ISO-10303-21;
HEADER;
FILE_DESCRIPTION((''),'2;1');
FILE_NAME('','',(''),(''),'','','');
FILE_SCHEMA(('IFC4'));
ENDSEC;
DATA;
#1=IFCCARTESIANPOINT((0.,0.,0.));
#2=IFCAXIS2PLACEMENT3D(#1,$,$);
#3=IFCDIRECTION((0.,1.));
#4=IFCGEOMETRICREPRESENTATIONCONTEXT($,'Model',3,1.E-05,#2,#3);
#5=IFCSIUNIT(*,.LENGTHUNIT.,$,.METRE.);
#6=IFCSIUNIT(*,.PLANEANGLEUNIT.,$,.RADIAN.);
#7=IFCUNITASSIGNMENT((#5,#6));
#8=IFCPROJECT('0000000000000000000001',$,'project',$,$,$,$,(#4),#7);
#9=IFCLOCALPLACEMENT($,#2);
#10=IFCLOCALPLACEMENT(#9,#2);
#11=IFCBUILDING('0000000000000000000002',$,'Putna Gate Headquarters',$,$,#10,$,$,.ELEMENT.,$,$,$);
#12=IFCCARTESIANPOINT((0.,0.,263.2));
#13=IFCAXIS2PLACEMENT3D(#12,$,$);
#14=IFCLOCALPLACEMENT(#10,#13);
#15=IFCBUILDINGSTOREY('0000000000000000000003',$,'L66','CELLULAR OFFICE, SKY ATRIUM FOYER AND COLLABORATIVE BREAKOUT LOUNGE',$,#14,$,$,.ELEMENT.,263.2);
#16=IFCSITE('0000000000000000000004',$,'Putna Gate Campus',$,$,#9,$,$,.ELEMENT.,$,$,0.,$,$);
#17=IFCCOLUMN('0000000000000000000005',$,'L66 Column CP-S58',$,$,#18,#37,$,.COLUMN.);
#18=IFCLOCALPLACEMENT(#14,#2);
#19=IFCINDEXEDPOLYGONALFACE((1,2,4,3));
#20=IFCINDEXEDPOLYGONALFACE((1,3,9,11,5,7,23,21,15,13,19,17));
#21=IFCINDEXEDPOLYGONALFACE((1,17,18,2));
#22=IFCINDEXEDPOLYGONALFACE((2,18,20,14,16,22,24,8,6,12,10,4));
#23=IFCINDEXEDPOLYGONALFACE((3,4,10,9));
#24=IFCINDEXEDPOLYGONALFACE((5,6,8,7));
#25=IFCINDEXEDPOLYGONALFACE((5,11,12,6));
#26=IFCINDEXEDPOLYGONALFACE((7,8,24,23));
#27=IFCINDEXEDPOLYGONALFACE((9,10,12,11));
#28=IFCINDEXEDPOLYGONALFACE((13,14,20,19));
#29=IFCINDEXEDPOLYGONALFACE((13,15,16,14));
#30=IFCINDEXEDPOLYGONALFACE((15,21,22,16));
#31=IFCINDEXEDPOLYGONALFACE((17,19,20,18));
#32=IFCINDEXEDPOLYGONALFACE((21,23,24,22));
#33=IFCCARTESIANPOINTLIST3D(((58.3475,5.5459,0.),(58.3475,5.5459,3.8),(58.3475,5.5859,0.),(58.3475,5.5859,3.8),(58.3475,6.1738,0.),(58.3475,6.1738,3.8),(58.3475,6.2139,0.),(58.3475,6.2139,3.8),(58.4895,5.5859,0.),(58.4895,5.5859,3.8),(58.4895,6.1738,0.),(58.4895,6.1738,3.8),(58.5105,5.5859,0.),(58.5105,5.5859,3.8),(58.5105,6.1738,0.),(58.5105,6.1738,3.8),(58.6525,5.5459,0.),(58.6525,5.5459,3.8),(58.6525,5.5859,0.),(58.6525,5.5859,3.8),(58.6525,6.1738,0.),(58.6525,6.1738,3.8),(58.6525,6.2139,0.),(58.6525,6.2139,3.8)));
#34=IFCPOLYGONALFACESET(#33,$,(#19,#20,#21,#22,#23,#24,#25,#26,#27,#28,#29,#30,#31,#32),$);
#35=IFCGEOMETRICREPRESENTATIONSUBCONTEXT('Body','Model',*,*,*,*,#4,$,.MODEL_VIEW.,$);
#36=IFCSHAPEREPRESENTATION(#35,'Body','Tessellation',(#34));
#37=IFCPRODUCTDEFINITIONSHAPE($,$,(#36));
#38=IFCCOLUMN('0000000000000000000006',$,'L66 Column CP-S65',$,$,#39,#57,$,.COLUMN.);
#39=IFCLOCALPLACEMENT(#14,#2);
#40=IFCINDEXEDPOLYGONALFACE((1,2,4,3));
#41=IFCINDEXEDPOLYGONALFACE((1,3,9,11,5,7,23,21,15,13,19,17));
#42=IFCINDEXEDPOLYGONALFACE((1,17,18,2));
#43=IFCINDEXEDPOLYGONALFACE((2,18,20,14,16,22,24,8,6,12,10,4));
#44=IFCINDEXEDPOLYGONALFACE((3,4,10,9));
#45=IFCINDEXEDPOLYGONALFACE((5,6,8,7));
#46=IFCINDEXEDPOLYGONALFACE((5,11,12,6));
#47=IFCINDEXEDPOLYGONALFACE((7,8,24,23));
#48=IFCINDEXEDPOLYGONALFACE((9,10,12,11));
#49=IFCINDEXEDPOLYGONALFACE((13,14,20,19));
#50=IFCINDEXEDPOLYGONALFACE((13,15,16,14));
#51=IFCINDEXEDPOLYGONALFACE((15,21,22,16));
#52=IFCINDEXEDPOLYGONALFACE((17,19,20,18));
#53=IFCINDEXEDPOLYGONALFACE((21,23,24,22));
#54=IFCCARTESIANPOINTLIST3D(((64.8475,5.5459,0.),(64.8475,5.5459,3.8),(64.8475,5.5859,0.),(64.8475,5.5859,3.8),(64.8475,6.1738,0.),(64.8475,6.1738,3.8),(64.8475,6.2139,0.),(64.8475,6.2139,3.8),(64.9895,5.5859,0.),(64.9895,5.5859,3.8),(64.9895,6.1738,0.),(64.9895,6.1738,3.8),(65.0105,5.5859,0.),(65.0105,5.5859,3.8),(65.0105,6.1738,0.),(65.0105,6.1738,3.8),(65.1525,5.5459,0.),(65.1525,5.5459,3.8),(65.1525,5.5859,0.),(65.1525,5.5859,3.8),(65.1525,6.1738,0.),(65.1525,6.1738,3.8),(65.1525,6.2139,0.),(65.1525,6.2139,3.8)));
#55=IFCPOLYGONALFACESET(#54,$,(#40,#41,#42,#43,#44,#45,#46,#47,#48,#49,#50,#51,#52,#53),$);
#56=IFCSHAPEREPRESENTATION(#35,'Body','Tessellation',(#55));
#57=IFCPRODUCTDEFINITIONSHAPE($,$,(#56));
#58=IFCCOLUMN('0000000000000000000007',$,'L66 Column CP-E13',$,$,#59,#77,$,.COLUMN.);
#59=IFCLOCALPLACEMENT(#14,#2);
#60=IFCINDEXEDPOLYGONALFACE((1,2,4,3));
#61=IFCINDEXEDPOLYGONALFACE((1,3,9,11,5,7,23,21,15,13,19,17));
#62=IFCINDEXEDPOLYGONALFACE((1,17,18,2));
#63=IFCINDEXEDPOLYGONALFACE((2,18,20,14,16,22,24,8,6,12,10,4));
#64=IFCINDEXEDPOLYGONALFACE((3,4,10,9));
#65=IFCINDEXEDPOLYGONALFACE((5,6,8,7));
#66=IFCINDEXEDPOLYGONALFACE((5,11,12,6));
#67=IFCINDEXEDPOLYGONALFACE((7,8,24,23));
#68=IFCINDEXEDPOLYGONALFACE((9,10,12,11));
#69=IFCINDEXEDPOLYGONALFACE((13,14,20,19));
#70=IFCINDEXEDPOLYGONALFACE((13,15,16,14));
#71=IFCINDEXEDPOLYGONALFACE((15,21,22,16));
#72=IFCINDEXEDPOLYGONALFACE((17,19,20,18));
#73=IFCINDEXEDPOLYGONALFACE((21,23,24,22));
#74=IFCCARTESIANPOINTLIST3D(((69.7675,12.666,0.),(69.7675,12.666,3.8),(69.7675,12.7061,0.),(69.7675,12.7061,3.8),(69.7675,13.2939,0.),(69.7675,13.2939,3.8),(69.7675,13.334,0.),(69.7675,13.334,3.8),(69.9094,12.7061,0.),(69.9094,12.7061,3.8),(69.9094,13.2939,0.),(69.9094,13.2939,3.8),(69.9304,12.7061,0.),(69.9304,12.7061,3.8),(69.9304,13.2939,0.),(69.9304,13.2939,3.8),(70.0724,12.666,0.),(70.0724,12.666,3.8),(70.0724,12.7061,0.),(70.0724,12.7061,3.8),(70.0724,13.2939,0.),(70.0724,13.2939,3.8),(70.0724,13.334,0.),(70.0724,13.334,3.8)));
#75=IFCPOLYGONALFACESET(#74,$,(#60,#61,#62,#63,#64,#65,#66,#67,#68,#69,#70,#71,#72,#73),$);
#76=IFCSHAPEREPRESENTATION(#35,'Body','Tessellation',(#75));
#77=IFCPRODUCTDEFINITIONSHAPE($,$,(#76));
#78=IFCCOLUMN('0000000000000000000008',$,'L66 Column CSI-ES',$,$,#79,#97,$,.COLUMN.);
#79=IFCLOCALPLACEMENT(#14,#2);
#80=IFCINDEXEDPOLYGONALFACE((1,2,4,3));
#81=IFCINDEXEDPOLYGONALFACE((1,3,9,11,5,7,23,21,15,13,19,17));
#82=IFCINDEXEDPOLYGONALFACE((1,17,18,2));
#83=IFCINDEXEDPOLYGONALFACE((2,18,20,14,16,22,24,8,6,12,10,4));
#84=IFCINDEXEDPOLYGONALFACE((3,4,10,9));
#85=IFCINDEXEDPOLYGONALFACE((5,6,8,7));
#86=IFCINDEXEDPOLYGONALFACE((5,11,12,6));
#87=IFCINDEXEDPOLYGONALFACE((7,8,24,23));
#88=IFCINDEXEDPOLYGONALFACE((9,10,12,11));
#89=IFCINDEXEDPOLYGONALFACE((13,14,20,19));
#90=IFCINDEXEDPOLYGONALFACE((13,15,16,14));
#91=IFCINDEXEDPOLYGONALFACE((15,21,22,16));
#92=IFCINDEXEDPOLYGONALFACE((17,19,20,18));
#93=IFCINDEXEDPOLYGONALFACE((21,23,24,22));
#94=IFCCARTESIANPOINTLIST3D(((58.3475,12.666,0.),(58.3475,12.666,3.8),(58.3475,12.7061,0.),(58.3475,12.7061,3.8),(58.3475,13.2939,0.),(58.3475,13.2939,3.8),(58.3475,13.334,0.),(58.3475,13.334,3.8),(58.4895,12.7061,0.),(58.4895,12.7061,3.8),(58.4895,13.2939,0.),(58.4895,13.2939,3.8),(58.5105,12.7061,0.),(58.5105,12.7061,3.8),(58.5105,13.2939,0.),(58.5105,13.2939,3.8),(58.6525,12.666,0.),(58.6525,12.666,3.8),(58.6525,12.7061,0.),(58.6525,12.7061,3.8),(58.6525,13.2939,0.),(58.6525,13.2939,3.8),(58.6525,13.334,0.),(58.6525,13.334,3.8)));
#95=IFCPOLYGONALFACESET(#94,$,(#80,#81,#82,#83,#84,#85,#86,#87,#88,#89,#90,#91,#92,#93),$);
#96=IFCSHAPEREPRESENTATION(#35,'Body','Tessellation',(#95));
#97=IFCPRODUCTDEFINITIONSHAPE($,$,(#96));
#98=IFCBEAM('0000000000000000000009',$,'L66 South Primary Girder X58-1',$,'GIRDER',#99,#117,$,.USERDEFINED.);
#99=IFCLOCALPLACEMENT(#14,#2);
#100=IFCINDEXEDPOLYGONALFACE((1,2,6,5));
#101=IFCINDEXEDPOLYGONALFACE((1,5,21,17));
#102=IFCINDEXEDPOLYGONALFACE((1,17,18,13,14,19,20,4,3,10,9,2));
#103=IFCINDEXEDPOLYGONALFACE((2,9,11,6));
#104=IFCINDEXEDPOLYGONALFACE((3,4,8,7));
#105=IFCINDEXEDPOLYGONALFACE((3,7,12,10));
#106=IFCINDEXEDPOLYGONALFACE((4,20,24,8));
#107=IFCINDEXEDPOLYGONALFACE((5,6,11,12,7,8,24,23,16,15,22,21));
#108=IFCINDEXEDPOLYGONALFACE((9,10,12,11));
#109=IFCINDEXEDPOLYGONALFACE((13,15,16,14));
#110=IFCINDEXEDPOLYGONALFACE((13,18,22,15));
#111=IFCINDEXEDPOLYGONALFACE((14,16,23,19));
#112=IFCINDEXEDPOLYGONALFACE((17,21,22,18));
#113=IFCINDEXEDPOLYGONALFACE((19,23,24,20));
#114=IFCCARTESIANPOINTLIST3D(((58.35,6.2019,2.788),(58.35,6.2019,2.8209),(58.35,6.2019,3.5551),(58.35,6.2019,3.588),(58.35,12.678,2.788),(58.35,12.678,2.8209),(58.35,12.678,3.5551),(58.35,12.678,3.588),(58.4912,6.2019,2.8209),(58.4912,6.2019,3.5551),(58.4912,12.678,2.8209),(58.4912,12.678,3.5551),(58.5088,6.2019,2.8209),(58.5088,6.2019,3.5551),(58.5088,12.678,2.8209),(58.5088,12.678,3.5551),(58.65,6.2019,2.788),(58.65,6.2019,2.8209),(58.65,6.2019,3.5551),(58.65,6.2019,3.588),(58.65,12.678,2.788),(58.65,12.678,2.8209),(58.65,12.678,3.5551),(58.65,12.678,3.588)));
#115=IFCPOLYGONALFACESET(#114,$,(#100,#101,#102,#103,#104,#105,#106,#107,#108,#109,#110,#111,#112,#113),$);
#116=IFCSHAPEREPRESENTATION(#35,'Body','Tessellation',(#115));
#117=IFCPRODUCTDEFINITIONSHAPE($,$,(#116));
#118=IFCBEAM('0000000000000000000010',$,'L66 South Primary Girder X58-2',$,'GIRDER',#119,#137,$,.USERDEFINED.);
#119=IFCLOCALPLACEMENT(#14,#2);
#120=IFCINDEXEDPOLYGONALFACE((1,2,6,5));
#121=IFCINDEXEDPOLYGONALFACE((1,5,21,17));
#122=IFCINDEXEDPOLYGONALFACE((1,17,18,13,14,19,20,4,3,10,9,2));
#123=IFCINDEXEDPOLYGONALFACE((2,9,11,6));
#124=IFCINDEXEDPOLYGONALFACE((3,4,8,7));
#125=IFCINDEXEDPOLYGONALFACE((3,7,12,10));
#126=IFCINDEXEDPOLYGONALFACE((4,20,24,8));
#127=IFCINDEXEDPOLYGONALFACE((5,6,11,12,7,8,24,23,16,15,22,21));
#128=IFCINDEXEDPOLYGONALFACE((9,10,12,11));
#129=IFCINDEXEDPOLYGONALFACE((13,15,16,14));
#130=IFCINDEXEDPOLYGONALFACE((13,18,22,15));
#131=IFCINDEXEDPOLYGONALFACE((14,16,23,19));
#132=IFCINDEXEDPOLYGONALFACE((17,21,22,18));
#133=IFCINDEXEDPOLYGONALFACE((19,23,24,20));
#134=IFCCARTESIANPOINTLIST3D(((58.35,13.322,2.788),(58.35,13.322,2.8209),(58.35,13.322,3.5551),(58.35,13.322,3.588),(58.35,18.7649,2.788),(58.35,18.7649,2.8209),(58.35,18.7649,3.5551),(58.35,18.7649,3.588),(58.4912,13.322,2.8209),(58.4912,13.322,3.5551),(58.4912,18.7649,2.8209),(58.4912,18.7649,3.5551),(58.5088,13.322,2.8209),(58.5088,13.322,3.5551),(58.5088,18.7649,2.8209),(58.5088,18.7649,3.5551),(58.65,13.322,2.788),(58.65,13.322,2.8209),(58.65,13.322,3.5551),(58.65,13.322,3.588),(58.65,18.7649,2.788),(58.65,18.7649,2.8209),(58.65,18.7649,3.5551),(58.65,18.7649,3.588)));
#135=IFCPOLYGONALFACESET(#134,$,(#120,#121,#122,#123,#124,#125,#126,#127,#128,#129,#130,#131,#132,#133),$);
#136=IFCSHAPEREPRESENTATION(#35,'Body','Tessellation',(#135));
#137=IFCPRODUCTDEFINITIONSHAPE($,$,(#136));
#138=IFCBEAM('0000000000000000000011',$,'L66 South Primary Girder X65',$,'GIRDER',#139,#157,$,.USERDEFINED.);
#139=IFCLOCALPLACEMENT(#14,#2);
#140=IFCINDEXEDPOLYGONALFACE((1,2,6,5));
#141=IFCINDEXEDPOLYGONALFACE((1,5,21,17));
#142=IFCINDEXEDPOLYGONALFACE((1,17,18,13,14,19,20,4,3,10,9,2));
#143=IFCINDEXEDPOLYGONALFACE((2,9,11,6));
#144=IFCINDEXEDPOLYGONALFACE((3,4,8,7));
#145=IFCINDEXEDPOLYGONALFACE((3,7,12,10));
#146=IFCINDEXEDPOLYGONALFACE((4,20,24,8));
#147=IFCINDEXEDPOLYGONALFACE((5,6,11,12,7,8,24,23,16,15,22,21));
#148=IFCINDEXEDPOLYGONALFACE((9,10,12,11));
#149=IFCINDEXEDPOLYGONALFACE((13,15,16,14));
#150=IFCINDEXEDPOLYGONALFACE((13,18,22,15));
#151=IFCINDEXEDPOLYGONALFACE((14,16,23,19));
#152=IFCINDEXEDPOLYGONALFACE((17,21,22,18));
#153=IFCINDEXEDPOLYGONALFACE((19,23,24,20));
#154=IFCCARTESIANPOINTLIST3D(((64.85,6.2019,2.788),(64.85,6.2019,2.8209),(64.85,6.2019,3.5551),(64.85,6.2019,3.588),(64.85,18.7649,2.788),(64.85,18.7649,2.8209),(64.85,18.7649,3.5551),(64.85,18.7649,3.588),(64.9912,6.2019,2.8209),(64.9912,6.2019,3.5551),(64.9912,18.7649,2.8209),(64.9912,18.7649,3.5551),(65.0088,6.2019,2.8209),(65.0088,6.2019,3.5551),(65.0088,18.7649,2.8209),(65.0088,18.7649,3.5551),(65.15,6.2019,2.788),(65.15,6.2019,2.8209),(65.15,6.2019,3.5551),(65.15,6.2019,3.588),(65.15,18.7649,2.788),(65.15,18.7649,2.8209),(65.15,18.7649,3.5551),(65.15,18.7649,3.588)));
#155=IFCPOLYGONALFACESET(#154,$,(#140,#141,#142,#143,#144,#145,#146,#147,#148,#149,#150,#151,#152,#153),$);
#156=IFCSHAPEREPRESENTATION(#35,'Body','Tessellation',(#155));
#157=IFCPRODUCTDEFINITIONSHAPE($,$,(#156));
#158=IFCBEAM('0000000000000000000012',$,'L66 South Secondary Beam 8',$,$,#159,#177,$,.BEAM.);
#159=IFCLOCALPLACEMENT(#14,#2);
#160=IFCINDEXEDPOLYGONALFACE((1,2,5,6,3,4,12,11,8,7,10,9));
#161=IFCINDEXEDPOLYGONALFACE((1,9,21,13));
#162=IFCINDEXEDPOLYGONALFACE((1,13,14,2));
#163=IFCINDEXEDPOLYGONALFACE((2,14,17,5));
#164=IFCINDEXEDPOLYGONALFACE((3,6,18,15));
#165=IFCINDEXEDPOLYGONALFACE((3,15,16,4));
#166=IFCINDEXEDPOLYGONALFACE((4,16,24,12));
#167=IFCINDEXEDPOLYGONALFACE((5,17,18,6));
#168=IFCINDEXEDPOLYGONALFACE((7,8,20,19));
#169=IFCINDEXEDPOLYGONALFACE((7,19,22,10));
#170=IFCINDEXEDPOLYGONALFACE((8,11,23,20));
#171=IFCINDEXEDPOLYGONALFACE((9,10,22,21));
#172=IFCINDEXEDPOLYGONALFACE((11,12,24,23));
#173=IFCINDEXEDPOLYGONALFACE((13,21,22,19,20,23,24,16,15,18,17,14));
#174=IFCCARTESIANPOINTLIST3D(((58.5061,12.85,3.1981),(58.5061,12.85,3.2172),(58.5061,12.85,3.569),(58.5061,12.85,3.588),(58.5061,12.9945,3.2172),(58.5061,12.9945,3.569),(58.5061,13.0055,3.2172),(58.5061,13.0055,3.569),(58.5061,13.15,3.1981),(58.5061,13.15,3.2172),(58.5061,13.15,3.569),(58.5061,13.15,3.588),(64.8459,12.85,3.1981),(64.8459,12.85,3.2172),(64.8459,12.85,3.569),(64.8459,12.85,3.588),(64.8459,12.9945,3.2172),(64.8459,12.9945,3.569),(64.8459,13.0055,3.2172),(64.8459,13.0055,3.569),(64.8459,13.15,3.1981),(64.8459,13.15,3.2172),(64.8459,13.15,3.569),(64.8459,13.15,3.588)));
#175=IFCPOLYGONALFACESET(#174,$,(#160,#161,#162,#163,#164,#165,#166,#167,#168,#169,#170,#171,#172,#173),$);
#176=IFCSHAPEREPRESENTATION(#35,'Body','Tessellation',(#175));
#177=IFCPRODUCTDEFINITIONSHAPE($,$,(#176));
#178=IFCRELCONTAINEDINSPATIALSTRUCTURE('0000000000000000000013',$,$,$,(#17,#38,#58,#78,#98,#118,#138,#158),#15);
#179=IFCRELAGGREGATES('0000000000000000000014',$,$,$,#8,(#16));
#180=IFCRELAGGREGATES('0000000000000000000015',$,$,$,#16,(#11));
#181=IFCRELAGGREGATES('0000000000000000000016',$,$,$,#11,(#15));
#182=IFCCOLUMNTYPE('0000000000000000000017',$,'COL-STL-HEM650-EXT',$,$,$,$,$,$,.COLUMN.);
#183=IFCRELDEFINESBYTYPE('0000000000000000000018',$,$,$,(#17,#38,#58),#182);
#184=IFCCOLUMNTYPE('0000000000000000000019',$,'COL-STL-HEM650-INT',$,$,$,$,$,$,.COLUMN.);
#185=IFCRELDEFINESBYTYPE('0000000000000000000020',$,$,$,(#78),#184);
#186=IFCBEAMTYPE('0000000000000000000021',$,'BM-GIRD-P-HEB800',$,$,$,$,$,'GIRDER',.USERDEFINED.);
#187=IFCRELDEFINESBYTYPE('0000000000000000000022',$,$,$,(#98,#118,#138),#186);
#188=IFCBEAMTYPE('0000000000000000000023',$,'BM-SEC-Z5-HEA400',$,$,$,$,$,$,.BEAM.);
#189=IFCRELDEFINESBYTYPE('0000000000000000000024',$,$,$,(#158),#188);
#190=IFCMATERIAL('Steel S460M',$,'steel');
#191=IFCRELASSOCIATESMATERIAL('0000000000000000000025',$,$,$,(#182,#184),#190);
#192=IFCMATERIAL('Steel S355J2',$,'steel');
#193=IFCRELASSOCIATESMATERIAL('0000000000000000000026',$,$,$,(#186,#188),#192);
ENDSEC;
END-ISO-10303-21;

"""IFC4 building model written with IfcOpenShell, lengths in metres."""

from ifc_helpers import new_model, si_unit, direction, frame, origin, origin_2d, place, context, subcontext, project, spatial, i_section, extrude, material, material_profile, profile_set, type_object, element, save


model = new_model("IFC4")

# Units and contexts
model_context = context("Model", 3, precision=1e-05, world=origin(), true_north=direction((0.0, 1.0)))
body_context = subcontext(model_context, "Body", "Model", "MODEL_VIEW")
ifc_project = project(units=[si_unit("LENGTHUNIT", "METRE"), si_unit("PLANEANGLEUNIT", "RADIAN")], contexts=[model_context])

# Site, building, storey
site_placement = place(None, origin())
site = spatial("IfcSite", under=ifc_project, at=site_placement, Name="Putna Gate Campus", CompositionType="ELEMENT", RefElevation=0.0)
building_placement = place(site_placement, origin())
building = spatial("IfcBuilding", under=site, at=building_placement, Name="Putna Gate Headquarters", CompositionType="ELEMENT")
storey_placement = place(building_placement, frame((0.0, 0.0, 263.2)))
storey = spatial("IfcBuildingStorey", under=building, at=storey_placement, Name="L66", Description="CELLULAR OFFICE, SKY ATRIUM FOYER AND COLLABORATIVE BREAKOUT LOUNGE", CompositionType="ELEMENT", Elevation=263.2)

# Columns
ifc_material_1 = material(Name="Steel S460M", Category="steel")
ifc_material_profile_1 = material_profile(ifc_material_1, i_section(OverallWidth=0.3049, OverallDepth=0.668, WebThickness=0.021, FlangeThickness=0.04, at=origin_2d()), Name="Steel S460M")
ifc_profile_set_1 = profile_set([ifc_material_profile_1], Name="Steel S460M")
column_type_1 = type_object("IfcColumnType", Name="COL-STL-HEM650-EXT", PredefinedType="COLUMN", material=ifc_profile_set_1)
for number, where, z_axis, x_axis, name in (
    (1, (58.5, 5.8799, 0.0), (0.0, 0.0, 1.0), (1.0, 0.0, 0.0), "L66 Column CP-S58"),
    (2, (65.0, 5.8799, 0.0), (0.0, 0.0, 1.0), (1.0, 0.0, 0.0), "L66 Column CP-S65"),
    (3, (69.9199, 13.0, 0.0), (0.0, 0.0, 1.0), (1.0, 0.0, 0.0), "L66 Column CP-E13"),
):
    element("IfcColumn", number, at=place(storey_placement, frame(where, z_axis=z_axis, x_axis=x_axis)), inside=storey, type_object=column_type_1, Name=name, PredefinedType="COLUMN", context=body_context, shape_type="SweptSolid", body=[
        extrude(i_section(OverallWidth=0.3049, OverallDepth=0.668, WebThickness=0.021, FlangeThickness=0.04, at=origin_2d()), origin(), (0.0, 0.0, 1.0), 3.8),
    ])
ifc_material_profile_2 = material_profile(ifc_material_1, i_section(OverallWidth=0.3049, OverallDepth=0.668, WebThickness=0.021, FlangeThickness=0.04, at=origin_2d()), Name="Steel S460M")
ifc_profile_set_2 = profile_set([ifc_material_profile_2], Name="Steel S460M")
column_type_2 = type_object("IfcColumnType", Name="COL-STL-HEM650-INT", PredefinedType="COLUMN", material=ifc_profile_set_2)
column_placement = place(storey_placement, frame((58.5, 13.0, 0.0), z_axis=(0.0, 0.0, 1.0), x_axis=(1.0, 0.0, 0.0)))
element("IfcColumn", 4, at=column_placement, inside=storey, type_object=column_type_2, Name="L66 Column CSI-ES", PredefinedType="COLUMN", context=body_context, shape_type="SweptSolid", body=[
    extrude(i_section(OverallWidth=0.3049, OverallDepth=0.668, WebThickness=0.021, FlangeThickness=0.04, at=origin_2d()), origin(), (0.0, 0.0, 1.0), 3.8),
])

# Beams
ifc_material_2 = material(Name="Steel S355J2", Category="steel")
ifc_material_profile_3 = material_profile(ifc_material_2, i_section(OverallWidth=0.3, OverallDepth=0.8, WebThickness=0.0176, FlangeThickness=0.033, at=origin_2d()), Name="Steel S355J2")
ifc_profile_set_3 = profile_set([ifc_material_profile_3], Name="Steel S355J2")
beam_type_1 = type_object("IfcBeamType", Name="BM-GIRD-P-HEB800", ElementType="GIRDER", PredefinedType="USERDEFINED", material=ifc_profile_set_3)
beam_1_placement = place(storey_placement, frame((58.5, 6.2019, 3.188), z_axis=(0.0, 1.0, 0.0), x_axis=(-1.0, 0.0, 0.0)))
element("IfcBeam", 5, at=beam_1_placement, inside=storey, type_object=beam_type_1, Name="L66 South Primary Girder X58-1", ObjectType="GIRDER", PredefinedType="USERDEFINED", context=body_context, shape_type="SweptSolid", body=[
    extrude(i_section(OverallWidth=0.3, OverallDepth=0.8, WebThickness=0.0176, FlangeThickness=0.033, at=origin_2d()), origin(), (0.0, 0.0, 1.0), 6.4761),
])
beam_2_placement = place(storey_placement, frame((58.5, 13.322, 3.188), z_axis=(0.0, 1.0, 0.0), x_axis=(-1.0, 0.0, 0.0)))
element("IfcBeam", 6, at=beam_2_placement, inside=storey, type_object=beam_type_1, Name="L66 South Primary Girder X58-2", ObjectType="GIRDER", PredefinedType="USERDEFINED", context=body_context, shape_type="SweptSolid", body=[
    extrude(i_section(OverallWidth=0.3, OverallDepth=0.8, WebThickness=0.0176, FlangeThickness=0.033, at=origin_2d()), origin(), (0.0, 0.0, 1.0), 5.4429),
])
beam_3_placement = place(storey_placement, frame((65.0, 6.2019, 3.188), z_axis=(0.0, 1.0, 0.0), x_axis=(-1.0, 0.0, 0.0)))
element("IfcBeam", 7, at=beam_3_placement, inside=storey, type_object=beam_type_1, Name="L66 South Primary Girder X65", ObjectType="GIRDER", PredefinedType="USERDEFINED", context=body_context, shape_type="SweptSolid", body=[
    extrude(i_section(OverallWidth=0.3, OverallDepth=0.8, WebThickness=0.0176, FlangeThickness=0.033, at=origin_2d()), origin(), (0.0, 0.0, 1.0), 12.563),
])
ifc_material_profile_4 = material_profile(ifc_material_2, i_section(OverallWidth=0.3, OverallDepth=0.3899, WebThickness=0.011, FlangeThickness=0.019, at=origin_2d()), Name="Steel S355J2")
ifc_profile_set_4 = profile_set([ifc_material_profile_4], Name="Steel S355J2")
beam_type_2 = type_object("IfcBeamType", Name="BM-SEC-Z5-HEA400", PredefinedType="BEAM", material=ifc_profile_set_4)
beam_4_placement = place(storey_placement, frame((58.5061, 13.0, 3.3931), z_axis=(1.0, 0.0, 0.0), x_axis=(0.0, 1.0, 0.0)))
element("IfcBeam", 8, at=beam_4_placement, inside=storey, type_object=beam_type_2, Name="L66 South Secondary Beam 8", PredefinedType="BEAM", context=body_context, shape_type="SweptSolid", body=[
    extrude(i_section(OverallWidth=0.3, OverallDepth=0.3899, WebThickness=0.011, FlangeThickness=0.019, at=origin_2d()), origin(), (0.0, 0.0, 1.0), 6.3398),
])

save(model, "model.ifc")
